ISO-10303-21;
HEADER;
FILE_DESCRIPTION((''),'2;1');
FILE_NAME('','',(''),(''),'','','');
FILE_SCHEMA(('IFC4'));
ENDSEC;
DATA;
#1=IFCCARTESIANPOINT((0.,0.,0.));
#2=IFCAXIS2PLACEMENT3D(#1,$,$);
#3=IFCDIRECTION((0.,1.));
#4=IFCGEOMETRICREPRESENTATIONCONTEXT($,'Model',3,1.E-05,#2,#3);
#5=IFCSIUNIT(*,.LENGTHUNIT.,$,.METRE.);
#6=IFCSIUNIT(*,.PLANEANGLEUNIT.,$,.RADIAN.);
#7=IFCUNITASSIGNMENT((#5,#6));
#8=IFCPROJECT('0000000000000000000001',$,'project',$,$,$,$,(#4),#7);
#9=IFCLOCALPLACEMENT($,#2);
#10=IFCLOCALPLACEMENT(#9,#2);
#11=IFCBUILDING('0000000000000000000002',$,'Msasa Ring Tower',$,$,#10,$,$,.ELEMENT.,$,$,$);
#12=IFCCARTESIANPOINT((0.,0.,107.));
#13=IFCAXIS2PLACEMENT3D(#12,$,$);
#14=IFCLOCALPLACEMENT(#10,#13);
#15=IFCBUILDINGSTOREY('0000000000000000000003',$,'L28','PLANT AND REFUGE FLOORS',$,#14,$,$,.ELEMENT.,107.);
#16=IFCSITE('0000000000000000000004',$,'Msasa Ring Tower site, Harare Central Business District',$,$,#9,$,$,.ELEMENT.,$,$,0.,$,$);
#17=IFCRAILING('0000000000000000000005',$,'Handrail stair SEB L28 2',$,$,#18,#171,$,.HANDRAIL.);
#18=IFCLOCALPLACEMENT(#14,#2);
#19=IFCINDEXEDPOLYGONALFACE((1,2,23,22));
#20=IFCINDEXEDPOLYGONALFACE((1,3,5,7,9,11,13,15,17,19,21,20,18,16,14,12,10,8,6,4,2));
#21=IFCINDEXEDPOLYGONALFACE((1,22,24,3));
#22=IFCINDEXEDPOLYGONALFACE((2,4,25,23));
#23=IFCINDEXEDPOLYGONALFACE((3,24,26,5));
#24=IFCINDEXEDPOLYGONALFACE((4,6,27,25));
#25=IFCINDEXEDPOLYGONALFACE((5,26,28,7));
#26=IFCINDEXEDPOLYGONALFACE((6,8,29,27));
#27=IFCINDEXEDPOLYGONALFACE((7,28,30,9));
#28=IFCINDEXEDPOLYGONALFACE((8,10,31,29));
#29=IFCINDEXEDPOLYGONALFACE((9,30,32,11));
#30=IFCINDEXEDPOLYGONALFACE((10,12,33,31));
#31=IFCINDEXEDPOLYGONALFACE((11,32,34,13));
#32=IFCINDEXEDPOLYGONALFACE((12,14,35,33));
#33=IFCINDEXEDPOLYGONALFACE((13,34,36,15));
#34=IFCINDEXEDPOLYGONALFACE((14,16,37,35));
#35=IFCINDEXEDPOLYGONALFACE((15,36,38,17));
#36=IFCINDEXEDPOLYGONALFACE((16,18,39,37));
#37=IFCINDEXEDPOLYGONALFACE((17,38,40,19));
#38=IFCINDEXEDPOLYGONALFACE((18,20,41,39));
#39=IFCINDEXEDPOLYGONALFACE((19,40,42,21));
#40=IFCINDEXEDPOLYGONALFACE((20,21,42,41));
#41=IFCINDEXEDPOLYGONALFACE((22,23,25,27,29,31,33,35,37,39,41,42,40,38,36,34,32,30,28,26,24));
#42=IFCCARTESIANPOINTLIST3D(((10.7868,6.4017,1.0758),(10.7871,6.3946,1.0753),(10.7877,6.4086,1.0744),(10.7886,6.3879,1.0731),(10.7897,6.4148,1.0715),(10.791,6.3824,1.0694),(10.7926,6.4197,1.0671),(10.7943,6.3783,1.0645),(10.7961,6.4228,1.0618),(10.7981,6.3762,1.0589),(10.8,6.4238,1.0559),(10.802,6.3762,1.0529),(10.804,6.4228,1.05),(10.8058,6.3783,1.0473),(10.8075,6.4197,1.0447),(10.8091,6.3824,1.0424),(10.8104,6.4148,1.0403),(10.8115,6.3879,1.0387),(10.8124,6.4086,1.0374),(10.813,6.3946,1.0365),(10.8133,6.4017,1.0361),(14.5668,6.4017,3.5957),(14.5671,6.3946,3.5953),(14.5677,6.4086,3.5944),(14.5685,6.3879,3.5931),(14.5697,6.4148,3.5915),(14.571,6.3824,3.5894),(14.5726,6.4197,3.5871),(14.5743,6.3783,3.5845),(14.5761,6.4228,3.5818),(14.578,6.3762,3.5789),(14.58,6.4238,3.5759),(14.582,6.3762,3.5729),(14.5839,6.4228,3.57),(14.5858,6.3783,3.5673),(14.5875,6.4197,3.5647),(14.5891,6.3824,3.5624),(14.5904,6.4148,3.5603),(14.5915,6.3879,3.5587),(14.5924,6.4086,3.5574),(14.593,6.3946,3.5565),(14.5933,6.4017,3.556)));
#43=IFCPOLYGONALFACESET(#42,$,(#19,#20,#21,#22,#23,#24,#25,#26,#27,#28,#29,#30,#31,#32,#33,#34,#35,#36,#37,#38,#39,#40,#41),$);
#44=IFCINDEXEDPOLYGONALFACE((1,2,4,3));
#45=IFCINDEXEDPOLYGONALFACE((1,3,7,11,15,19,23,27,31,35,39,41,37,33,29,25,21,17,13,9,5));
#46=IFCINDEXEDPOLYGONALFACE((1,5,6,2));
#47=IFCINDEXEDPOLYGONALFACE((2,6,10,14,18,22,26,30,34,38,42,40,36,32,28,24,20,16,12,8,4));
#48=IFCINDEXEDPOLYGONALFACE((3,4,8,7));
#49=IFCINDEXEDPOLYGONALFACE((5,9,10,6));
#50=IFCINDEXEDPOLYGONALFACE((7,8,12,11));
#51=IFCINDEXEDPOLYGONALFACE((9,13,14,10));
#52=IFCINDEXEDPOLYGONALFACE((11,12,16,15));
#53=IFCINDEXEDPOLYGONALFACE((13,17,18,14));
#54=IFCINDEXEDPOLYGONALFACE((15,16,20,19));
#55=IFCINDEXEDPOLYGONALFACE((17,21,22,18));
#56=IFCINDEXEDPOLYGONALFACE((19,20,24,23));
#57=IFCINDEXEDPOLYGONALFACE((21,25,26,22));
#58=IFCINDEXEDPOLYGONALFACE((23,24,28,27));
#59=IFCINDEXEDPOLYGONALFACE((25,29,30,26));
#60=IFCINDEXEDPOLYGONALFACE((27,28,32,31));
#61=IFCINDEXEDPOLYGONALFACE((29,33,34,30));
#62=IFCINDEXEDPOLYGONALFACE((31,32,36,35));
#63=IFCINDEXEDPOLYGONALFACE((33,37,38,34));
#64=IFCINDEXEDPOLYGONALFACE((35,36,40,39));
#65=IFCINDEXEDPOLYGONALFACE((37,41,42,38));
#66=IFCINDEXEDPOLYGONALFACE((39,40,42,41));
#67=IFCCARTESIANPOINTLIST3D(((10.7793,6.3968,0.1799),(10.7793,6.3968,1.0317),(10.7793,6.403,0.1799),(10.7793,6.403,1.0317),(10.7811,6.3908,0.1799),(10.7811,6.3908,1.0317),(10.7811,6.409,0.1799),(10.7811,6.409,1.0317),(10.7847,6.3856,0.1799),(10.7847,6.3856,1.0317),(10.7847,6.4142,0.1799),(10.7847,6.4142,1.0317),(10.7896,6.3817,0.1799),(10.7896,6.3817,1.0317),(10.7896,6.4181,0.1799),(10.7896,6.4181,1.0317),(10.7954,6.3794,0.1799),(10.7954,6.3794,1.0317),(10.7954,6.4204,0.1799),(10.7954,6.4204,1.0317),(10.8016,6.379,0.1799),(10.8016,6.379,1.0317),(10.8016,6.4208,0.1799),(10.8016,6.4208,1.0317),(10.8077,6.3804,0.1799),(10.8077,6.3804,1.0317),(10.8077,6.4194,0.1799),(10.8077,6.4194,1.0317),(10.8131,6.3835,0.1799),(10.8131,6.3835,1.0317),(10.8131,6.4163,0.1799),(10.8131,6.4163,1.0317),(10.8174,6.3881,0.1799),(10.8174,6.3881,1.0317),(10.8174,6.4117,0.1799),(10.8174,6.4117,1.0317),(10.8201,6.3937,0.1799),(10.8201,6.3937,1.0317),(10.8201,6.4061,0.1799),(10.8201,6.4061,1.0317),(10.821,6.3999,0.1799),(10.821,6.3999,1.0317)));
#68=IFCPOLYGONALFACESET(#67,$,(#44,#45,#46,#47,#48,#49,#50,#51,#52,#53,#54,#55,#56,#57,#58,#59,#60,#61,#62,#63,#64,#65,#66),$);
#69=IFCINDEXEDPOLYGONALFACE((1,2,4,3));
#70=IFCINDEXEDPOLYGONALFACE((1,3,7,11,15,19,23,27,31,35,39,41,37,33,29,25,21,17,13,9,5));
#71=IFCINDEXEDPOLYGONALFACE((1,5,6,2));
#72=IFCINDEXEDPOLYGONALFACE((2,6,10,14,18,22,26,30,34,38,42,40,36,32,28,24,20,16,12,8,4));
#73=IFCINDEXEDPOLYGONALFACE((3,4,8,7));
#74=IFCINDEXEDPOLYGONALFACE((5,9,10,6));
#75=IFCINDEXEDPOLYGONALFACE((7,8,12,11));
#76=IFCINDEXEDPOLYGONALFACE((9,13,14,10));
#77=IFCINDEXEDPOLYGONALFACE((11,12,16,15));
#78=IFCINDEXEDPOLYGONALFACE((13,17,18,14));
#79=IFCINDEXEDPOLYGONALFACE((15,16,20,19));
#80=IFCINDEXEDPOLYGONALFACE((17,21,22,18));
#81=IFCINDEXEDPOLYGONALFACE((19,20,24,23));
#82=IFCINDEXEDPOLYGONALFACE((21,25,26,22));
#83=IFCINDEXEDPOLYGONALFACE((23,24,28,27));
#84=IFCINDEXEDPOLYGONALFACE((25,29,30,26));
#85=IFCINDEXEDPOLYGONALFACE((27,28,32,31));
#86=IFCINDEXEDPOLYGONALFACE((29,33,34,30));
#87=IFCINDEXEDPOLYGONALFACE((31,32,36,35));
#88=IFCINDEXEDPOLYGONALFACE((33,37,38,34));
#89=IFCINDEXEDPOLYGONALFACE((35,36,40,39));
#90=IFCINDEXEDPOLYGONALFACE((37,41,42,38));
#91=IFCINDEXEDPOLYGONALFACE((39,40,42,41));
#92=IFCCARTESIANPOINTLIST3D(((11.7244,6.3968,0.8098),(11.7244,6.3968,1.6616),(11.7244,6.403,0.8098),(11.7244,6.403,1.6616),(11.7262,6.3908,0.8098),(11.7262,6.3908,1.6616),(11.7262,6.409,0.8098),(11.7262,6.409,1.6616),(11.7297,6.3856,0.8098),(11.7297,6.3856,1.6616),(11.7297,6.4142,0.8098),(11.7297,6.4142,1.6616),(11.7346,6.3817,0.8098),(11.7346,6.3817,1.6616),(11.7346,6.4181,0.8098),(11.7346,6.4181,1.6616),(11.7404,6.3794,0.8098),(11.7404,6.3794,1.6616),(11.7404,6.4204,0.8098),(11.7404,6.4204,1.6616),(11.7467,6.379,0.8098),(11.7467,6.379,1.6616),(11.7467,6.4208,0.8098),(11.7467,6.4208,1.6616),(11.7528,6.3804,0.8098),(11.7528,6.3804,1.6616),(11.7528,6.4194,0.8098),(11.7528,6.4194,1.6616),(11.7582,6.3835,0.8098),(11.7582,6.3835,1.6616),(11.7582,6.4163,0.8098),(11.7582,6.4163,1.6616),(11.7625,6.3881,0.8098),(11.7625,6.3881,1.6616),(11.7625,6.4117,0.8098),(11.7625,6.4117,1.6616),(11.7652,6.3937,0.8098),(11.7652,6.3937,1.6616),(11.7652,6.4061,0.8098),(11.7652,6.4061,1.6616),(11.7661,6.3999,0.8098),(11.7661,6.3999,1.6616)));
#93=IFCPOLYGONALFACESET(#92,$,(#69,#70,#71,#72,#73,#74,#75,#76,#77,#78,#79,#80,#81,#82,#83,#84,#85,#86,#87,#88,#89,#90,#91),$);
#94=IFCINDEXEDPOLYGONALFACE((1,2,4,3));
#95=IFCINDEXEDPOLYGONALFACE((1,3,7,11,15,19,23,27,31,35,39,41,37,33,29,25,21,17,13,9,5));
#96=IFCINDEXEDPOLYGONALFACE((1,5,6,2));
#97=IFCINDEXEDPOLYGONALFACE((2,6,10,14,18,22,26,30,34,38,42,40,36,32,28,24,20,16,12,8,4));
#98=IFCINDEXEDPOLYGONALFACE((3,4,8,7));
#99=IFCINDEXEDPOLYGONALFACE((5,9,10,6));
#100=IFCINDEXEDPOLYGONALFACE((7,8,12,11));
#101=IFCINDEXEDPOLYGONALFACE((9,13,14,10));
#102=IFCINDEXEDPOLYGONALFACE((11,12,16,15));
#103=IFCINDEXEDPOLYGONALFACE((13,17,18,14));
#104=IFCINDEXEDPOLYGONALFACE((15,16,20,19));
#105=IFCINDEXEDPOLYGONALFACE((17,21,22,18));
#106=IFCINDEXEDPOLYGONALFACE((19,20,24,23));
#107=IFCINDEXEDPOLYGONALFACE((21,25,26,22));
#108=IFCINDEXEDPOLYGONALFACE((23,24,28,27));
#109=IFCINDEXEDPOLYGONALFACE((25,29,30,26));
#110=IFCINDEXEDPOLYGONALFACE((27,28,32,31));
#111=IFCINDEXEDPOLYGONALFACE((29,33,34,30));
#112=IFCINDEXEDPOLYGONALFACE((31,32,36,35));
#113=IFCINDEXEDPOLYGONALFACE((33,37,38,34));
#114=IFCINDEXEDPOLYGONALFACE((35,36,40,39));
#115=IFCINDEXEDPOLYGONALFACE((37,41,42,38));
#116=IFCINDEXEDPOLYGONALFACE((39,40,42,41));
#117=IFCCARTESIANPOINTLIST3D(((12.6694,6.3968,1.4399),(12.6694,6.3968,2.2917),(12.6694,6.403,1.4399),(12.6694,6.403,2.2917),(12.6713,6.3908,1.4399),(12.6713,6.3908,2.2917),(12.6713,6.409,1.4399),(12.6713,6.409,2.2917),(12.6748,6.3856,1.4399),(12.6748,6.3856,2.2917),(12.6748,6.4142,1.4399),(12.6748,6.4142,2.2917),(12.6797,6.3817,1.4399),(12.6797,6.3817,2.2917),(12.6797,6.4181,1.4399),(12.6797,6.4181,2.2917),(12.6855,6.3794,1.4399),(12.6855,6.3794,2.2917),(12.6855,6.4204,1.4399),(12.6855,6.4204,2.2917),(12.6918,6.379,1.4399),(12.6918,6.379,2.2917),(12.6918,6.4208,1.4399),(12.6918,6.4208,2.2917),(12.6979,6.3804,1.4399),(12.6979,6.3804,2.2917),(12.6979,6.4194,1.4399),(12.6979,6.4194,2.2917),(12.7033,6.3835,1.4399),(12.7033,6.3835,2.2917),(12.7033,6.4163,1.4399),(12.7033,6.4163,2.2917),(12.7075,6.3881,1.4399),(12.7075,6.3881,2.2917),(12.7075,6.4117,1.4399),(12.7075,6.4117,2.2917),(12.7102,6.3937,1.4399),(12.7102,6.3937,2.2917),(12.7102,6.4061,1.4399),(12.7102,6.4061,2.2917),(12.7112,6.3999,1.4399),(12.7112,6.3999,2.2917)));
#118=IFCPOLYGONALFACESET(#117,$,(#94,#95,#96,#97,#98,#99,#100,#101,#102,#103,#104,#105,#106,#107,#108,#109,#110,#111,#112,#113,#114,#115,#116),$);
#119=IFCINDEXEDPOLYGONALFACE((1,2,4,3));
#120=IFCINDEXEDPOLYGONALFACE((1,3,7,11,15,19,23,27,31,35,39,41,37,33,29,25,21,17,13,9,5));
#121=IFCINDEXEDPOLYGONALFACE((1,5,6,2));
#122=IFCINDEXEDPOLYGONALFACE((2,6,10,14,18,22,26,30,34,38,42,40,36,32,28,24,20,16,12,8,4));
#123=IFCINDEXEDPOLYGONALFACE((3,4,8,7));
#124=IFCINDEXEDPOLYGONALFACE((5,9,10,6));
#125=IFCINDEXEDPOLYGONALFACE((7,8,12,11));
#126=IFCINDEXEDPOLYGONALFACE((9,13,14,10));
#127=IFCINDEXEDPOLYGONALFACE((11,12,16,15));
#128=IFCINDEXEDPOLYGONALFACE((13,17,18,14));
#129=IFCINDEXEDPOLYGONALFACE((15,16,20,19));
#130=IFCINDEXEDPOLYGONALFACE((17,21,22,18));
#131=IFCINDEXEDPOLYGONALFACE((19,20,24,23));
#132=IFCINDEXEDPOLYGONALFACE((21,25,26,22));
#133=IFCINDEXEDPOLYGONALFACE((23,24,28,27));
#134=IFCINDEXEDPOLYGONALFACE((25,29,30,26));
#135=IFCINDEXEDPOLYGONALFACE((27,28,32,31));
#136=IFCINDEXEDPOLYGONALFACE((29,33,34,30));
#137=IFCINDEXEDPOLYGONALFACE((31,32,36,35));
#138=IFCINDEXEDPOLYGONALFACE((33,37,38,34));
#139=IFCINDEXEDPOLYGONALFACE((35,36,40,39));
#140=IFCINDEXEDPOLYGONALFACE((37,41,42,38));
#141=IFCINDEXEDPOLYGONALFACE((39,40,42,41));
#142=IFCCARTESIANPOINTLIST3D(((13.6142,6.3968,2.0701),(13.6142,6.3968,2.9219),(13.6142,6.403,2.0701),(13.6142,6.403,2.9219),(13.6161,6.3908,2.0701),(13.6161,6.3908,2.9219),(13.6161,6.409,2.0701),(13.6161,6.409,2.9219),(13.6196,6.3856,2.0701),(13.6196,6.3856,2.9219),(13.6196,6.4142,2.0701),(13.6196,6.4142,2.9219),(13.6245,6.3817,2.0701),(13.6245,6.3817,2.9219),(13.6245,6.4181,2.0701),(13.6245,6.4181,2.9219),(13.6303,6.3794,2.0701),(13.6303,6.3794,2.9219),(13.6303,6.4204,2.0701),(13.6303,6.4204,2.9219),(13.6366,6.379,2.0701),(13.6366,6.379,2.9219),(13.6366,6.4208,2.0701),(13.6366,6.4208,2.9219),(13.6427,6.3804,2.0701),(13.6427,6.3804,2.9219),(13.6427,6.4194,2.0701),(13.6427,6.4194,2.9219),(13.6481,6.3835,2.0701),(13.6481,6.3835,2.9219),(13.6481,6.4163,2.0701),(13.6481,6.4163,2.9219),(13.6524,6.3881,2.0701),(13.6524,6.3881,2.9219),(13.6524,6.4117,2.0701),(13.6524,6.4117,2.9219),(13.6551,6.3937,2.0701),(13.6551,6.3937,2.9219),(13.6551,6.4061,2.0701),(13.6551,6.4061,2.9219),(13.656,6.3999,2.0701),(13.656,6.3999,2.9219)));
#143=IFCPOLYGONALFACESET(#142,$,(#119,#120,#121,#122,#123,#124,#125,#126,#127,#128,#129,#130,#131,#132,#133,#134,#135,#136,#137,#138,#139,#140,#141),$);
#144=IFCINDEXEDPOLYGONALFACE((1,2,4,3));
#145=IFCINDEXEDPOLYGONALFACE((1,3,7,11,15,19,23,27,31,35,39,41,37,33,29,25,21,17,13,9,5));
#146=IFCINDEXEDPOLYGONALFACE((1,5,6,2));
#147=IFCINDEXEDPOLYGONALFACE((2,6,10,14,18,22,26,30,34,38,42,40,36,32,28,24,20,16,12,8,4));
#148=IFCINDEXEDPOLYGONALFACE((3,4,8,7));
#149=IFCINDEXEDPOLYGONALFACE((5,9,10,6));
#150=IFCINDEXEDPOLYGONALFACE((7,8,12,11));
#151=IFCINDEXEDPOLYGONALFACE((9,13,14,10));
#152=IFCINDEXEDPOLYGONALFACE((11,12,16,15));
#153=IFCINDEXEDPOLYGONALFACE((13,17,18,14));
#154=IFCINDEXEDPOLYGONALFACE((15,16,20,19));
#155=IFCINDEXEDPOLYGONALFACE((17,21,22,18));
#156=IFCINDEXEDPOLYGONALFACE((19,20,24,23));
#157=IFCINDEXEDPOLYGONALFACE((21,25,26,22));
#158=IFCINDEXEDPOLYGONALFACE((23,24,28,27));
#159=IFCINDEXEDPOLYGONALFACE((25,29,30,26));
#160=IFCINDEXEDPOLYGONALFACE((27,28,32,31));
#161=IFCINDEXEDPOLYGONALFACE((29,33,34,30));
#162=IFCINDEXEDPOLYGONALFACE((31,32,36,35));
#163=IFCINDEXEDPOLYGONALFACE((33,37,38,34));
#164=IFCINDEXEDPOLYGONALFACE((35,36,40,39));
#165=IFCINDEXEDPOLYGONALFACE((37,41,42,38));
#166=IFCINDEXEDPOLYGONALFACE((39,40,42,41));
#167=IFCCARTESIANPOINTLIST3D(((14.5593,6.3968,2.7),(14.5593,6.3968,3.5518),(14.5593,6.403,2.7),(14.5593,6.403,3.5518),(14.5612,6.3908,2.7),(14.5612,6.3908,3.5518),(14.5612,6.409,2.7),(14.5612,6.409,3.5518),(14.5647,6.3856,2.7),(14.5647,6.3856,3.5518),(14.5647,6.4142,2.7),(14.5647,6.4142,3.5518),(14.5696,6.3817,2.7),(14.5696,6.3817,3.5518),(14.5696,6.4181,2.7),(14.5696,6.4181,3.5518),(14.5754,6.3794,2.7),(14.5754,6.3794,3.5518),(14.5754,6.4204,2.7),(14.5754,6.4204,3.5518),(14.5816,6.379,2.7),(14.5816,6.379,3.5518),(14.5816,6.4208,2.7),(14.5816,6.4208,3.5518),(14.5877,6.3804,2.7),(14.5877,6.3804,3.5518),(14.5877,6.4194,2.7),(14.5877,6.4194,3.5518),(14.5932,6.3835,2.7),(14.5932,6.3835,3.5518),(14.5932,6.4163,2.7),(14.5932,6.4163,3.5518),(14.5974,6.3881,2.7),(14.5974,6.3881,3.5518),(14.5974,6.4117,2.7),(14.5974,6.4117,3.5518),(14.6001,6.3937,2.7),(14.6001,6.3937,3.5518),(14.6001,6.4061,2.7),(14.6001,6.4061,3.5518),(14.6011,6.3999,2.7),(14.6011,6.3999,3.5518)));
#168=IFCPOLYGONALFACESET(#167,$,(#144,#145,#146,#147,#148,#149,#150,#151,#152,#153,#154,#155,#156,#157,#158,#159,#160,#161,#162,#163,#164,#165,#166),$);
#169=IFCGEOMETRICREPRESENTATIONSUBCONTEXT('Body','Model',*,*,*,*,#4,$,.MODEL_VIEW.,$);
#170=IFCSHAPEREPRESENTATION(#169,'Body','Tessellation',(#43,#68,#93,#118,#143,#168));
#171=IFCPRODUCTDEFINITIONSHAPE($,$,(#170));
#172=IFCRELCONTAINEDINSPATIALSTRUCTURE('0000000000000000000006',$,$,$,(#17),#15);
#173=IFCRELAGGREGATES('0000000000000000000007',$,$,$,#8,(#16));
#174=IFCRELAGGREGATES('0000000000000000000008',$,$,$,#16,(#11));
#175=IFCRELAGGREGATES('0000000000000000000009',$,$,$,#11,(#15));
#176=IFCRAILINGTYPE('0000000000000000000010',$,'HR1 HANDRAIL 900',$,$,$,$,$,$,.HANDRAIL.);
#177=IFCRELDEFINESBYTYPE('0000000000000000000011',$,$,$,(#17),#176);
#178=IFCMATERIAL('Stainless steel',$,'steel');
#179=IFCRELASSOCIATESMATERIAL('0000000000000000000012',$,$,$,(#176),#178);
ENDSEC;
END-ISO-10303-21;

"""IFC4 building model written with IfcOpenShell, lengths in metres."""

from ifc_helpers import new_model, si_unit, direction, frame, origin, origin_2d, place, context, subcontext, project, spatial, circle, extrude, material, type_object, element, save


model = new_model("IFC4")

# Units and contexts
model_context = context("Model", 3, precision=1e-05, world=origin(), true_north=direction((0.0, 1.0)))
body_context = subcontext(model_context, "Body", "Model", "MODEL_VIEW")
ifc_project = project(units=[si_unit("LENGTHUNIT", "METRE"), si_unit("PLANEANGLEUNIT", "RADIAN")], contexts=[model_context])

# Site, building, storey
site_placement = place(None, origin())
site = spatial("IfcSite", under=ifc_project, at=site_placement, Name="Msasa Ring Tower site, Harare Central Business District", CompositionType="ELEMENT", RefElevation=0.0)
building_placement = place(site_placement, origin())
building = spatial("IfcBuilding", under=site, at=building_placement, Name="Msasa Ring Tower", CompositionType="ELEMENT")
storey_placement = place(building_placement, frame((0.0, 0.0, 107.0)))
storey = spatial("IfcBuildingStorey", under=building, at=storey_placement, Name="L28", Description="PLANT AND REFUGE FLOORS", CompositionType="ELEMENT", Elevation=107.0)

# Railing
ifc_material_1 = material(Name="Stainless steel", Category="steel")
railing_type = type_object("IfcRailingType", Name="HR1 HANDRAIL 900", PredefinedType="HANDRAIL", material=ifc_material_1)
for number, where, name in (
    (1, (10.8, 6.3999, 0.1799), "Handrail stair SEB L28 2"),
):
    element("IfcRailing", number, at=place(storey_placement, frame(where)), inside=storey, type_object=railing_type, Name=name, PredefinedType="HANDRAIL", context=body_context, shape_type="SweptSolid", body=[
        extrude(circle(Radius=0.0239, at=origin_2d()), frame((0.0, 0.0, 0.876), z_axis=(0.83205, 0.0, 0.5547), x_axis=(0.0, 1.0, 0.0)), (0.0, 0.0, 1.0), 4.543),
        extrude(circle(Radius=0.021, at=origin_2d()), origin(), (0.0, 0.0, 1.0), 0.8518),
        extrude(circle(Radius=0.021, at=origin_2d()), frame((0.9451, 0.0, 0.6299)), (0.0, 0.0, 1.0), 0.8518),
        extrude(circle(Radius=0.021, at=origin_2d()), frame((1.8901, 0.0, 1.26)), (0.0, 0.0, 1.0), 0.8518),
        extrude(circle(Radius=0.021, at=origin_2d()), frame((2.835, 0.0, 1.8901)), (0.0, 0.0, 1.0), 0.8518),
        extrude(circle(Radius=0.021, at=origin_2d()), frame((3.78, 0.0, 2.52)), (0.0, 0.0, 1.0), 0.8518),
    ])

save(model, "model.ifc")
